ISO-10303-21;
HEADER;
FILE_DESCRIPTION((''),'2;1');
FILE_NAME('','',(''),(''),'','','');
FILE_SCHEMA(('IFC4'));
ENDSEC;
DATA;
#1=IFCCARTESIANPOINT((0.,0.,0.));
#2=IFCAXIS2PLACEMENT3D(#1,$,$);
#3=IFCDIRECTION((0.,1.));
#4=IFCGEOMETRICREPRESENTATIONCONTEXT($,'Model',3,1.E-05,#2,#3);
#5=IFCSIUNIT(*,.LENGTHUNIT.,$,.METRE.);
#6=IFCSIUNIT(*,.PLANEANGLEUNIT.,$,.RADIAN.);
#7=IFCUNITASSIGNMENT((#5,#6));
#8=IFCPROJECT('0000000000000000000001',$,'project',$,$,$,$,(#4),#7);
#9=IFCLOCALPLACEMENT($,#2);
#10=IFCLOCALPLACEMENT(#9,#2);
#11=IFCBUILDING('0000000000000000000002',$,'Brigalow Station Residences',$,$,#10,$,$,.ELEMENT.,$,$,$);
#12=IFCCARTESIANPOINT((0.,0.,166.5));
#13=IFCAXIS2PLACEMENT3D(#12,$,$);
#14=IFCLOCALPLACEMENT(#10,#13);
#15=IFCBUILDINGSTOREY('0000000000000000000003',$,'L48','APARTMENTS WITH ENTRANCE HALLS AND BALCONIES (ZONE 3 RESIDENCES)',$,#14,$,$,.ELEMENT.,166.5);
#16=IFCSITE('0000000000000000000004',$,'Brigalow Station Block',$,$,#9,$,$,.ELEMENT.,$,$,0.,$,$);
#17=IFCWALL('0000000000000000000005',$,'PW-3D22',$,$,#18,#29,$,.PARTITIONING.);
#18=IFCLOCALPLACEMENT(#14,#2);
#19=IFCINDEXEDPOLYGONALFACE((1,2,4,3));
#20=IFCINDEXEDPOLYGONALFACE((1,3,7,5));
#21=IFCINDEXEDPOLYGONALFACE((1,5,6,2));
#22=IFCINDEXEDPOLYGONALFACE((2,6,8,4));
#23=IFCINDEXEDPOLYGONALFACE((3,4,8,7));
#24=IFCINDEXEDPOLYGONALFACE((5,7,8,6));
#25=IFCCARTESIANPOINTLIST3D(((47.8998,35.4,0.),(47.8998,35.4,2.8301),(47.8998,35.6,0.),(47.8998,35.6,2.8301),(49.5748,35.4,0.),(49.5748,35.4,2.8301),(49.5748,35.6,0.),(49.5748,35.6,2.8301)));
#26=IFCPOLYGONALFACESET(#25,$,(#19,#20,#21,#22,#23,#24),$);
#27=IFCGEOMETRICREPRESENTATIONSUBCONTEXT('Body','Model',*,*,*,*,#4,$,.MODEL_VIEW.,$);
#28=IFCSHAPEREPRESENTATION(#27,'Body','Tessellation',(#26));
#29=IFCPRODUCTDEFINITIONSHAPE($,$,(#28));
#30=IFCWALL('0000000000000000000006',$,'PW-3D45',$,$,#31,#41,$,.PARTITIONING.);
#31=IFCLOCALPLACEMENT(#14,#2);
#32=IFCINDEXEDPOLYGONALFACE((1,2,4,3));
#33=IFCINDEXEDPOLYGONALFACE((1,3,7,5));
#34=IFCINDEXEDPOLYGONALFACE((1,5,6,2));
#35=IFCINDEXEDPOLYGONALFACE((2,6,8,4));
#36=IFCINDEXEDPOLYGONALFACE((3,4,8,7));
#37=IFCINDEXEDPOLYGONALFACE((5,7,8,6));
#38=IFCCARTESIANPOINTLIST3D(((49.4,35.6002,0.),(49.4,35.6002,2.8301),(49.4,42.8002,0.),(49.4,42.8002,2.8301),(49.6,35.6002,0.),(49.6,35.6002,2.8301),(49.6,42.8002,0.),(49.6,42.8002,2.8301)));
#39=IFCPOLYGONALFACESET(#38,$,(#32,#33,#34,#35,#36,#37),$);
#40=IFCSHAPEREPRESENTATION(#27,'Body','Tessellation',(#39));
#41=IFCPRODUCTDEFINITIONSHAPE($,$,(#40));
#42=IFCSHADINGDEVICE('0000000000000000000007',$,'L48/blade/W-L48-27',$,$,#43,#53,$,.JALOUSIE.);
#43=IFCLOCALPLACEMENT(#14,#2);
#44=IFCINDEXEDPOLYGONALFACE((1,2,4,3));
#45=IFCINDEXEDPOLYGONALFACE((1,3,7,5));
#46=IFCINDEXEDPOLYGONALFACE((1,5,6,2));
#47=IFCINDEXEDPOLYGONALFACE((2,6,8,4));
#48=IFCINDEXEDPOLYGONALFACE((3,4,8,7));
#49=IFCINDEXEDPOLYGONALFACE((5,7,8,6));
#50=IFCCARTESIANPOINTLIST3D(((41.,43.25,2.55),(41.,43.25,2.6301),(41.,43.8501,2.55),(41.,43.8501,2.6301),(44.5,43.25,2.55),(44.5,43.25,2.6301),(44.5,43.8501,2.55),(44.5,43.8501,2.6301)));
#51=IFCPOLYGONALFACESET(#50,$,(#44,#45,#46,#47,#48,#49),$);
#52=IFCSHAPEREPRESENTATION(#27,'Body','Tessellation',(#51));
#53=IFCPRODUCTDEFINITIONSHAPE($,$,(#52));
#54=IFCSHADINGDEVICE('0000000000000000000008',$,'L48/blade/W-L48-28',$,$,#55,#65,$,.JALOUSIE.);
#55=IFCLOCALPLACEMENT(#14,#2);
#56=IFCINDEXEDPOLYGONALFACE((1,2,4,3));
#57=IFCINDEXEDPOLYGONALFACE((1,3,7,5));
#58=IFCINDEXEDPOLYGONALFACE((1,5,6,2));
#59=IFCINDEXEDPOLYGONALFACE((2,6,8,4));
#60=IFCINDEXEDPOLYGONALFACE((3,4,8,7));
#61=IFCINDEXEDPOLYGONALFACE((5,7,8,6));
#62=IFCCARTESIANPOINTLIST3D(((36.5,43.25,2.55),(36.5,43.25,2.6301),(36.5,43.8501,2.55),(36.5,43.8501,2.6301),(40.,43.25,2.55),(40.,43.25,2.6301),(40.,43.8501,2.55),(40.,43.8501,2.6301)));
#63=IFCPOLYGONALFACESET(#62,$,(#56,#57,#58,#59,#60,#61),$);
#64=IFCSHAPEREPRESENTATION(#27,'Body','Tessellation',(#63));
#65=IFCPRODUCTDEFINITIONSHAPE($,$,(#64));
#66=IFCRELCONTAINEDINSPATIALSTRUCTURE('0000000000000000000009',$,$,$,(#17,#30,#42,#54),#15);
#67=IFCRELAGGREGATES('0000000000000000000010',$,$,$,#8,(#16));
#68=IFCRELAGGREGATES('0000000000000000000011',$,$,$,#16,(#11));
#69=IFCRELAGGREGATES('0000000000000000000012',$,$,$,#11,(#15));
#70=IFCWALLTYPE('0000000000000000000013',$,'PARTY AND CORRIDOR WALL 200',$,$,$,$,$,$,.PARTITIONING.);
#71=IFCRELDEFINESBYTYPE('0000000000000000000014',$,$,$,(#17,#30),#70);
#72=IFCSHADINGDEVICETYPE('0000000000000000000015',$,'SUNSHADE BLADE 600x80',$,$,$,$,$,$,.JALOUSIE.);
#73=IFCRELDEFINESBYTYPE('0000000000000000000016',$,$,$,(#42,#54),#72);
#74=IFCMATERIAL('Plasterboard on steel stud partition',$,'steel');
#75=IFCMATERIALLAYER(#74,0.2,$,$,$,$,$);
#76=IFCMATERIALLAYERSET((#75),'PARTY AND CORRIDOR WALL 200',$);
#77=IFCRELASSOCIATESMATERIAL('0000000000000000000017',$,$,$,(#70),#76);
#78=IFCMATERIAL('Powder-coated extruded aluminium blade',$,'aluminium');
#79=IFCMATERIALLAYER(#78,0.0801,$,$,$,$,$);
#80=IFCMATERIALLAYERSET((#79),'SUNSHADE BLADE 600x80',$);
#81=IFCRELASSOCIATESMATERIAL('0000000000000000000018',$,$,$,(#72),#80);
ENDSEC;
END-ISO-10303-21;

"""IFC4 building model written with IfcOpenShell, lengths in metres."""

from ifc_helpers import new_model, si_unit, direction, frame, frame_2d, origin, origin_2d, place, context, subcontext, project, spatial, rectangle, extrude, material, layer, layer_set, type_object, element, save


model = new_model("IFC4")

# Units and contexts
model_context = context("Model", 3, precision=1e-05, world=origin(), true_north=direction((0.0, 1.0)))
body_context = subcontext(model_context, "Body", "Model", "MODEL_VIEW")
ifc_project = project(units=[si_unit("LENGTHUNIT", "METRE"), si_unit("PLANEANGLEUNIT", "RADIAN")], contexts=[model_context])

# Site, building, storey
site_placement = place(None, origin())
site = spatial("IfcSite", under=ifc_project, at=site_placement, Name="Brigalow Station Block", CompositionType="ELEMENT", RefElevation=0.0)
building_placement = place(site_placement, origin())
building = spatial("IfcBuilding", under=site, at=building_placement, Name="Brigalow Station Residences", CompositionType="ELEMENT")
storey_placement = place(building_placement, frame((0.0, 0.0, 166.5)))
storey = spatial("IfcBuildingStorey", under=building, at=storey_placement, Name="L48", Description="APARTMENTS WITH ENTRANCE HALLS AND BALCONIES (ZONE 3 RESIDENCES)", CompositionType="ELEMENT", Elevation=166.5)

# Walls
ifc_material_1 = material(Name="Plasterboard on steel stud partition", Category="steel")
ifc_layer_1 = layer(ifc_material_1, 0.2)
ifc_layer_set_1 = layer_set([ifc_layer_1], Name="PARTY AND CORRIDOR WALL 200")
wall_type_1 = type_object("IfcWallType", Name="PARTY AND CORRIDOR WALL 200", PredefinedType="PARTITIONING", material=ifc_layer_set_1)
wall_1_placement = place(storey_placement, frame((47.8999, 35.5, 0.0), z_axis=(0.0, 0.0, 1.0), x_axis=(1.0, 0.0, 0.0)))
element("IfcWall", 1, at=wall_1_placement, inside=storey, type_object=wall_type_1, Name="PW-3D22", PredefinedType="PARTITIONING", context=body_context, shape_type="SweptSolid", body=[
    extrude(rectangle(XDim=1.675, YDim=0.2, at=frame_2d((0.8374, 0.0))), origin(), (0.0, 0.0, 1.0), 2.8301),
])
wall_2_placement = place(storey_placement, frame((49.5, 35.6001, 0.0), z_axis=(0.0, 0.0, 1.0), x_axis=(0.0, 1.0, 0.0)))
element("IfcWall", 2, at=wall_2_placement, inside=storey, type_object=wall_type_1, Name="PW-3D45", PredefinedType="PARTITIONING", context=body_context, shape_type="SweptSolid", body=[
    extrude(rectangle(XDim=7.2, YDim=0.2, at=frame_2d((3.6001, 0.0))), origin(), (0.0, 0.0, 1.0), 2.8301),
])

# Shading devices
ifc_material_2 = material(Name="Powder-coated extruded aluminium blade", Category="aluminium")
ifc_layer_2 = layer(ifc_material_2, 0.0801)
ifc_layer_set_2 = layer_set([ifc_layer_2], Name="SUNSHADE BLADE 600x80")
shading_device_type = type_object("IfcShadingDeviceType", Name="SUNSHADE BLADE 600x80", PredefinedType="JALOUSIE", material=ifc_layer_set_2)
for number, where, z_axis, x_axis, name in (
    (3, (42.75, 43.55, 2.55), (0.0, 0.0, 1.0), (-1.0, 0.0, 0.0), "L48/blade/W-L48-27"),
    (4, (38.25, 43.55, 2.55), (0.0, 0.0, 1.0), (-1.0, 0.0, 0.0), "L48/blade/W-L48-28"),
):
    element("IfcShadingDevice", number, at=place(storey_placement, frame(where, z_axis=z_axis, x_axis=x_axis)), inside=storey, type_object=shading_device_type, Name=name, PredefinedType="JALOUSIE", context=body_context, shape_type="SweptSolid", body=[
        extrude(rectangle(XDim=3.5, YDim=0.6001, at=origin_2d()), origin(), (0.0, 0.0, 1.0), 0.0801),
    ])

save(model, "model.ifc")
